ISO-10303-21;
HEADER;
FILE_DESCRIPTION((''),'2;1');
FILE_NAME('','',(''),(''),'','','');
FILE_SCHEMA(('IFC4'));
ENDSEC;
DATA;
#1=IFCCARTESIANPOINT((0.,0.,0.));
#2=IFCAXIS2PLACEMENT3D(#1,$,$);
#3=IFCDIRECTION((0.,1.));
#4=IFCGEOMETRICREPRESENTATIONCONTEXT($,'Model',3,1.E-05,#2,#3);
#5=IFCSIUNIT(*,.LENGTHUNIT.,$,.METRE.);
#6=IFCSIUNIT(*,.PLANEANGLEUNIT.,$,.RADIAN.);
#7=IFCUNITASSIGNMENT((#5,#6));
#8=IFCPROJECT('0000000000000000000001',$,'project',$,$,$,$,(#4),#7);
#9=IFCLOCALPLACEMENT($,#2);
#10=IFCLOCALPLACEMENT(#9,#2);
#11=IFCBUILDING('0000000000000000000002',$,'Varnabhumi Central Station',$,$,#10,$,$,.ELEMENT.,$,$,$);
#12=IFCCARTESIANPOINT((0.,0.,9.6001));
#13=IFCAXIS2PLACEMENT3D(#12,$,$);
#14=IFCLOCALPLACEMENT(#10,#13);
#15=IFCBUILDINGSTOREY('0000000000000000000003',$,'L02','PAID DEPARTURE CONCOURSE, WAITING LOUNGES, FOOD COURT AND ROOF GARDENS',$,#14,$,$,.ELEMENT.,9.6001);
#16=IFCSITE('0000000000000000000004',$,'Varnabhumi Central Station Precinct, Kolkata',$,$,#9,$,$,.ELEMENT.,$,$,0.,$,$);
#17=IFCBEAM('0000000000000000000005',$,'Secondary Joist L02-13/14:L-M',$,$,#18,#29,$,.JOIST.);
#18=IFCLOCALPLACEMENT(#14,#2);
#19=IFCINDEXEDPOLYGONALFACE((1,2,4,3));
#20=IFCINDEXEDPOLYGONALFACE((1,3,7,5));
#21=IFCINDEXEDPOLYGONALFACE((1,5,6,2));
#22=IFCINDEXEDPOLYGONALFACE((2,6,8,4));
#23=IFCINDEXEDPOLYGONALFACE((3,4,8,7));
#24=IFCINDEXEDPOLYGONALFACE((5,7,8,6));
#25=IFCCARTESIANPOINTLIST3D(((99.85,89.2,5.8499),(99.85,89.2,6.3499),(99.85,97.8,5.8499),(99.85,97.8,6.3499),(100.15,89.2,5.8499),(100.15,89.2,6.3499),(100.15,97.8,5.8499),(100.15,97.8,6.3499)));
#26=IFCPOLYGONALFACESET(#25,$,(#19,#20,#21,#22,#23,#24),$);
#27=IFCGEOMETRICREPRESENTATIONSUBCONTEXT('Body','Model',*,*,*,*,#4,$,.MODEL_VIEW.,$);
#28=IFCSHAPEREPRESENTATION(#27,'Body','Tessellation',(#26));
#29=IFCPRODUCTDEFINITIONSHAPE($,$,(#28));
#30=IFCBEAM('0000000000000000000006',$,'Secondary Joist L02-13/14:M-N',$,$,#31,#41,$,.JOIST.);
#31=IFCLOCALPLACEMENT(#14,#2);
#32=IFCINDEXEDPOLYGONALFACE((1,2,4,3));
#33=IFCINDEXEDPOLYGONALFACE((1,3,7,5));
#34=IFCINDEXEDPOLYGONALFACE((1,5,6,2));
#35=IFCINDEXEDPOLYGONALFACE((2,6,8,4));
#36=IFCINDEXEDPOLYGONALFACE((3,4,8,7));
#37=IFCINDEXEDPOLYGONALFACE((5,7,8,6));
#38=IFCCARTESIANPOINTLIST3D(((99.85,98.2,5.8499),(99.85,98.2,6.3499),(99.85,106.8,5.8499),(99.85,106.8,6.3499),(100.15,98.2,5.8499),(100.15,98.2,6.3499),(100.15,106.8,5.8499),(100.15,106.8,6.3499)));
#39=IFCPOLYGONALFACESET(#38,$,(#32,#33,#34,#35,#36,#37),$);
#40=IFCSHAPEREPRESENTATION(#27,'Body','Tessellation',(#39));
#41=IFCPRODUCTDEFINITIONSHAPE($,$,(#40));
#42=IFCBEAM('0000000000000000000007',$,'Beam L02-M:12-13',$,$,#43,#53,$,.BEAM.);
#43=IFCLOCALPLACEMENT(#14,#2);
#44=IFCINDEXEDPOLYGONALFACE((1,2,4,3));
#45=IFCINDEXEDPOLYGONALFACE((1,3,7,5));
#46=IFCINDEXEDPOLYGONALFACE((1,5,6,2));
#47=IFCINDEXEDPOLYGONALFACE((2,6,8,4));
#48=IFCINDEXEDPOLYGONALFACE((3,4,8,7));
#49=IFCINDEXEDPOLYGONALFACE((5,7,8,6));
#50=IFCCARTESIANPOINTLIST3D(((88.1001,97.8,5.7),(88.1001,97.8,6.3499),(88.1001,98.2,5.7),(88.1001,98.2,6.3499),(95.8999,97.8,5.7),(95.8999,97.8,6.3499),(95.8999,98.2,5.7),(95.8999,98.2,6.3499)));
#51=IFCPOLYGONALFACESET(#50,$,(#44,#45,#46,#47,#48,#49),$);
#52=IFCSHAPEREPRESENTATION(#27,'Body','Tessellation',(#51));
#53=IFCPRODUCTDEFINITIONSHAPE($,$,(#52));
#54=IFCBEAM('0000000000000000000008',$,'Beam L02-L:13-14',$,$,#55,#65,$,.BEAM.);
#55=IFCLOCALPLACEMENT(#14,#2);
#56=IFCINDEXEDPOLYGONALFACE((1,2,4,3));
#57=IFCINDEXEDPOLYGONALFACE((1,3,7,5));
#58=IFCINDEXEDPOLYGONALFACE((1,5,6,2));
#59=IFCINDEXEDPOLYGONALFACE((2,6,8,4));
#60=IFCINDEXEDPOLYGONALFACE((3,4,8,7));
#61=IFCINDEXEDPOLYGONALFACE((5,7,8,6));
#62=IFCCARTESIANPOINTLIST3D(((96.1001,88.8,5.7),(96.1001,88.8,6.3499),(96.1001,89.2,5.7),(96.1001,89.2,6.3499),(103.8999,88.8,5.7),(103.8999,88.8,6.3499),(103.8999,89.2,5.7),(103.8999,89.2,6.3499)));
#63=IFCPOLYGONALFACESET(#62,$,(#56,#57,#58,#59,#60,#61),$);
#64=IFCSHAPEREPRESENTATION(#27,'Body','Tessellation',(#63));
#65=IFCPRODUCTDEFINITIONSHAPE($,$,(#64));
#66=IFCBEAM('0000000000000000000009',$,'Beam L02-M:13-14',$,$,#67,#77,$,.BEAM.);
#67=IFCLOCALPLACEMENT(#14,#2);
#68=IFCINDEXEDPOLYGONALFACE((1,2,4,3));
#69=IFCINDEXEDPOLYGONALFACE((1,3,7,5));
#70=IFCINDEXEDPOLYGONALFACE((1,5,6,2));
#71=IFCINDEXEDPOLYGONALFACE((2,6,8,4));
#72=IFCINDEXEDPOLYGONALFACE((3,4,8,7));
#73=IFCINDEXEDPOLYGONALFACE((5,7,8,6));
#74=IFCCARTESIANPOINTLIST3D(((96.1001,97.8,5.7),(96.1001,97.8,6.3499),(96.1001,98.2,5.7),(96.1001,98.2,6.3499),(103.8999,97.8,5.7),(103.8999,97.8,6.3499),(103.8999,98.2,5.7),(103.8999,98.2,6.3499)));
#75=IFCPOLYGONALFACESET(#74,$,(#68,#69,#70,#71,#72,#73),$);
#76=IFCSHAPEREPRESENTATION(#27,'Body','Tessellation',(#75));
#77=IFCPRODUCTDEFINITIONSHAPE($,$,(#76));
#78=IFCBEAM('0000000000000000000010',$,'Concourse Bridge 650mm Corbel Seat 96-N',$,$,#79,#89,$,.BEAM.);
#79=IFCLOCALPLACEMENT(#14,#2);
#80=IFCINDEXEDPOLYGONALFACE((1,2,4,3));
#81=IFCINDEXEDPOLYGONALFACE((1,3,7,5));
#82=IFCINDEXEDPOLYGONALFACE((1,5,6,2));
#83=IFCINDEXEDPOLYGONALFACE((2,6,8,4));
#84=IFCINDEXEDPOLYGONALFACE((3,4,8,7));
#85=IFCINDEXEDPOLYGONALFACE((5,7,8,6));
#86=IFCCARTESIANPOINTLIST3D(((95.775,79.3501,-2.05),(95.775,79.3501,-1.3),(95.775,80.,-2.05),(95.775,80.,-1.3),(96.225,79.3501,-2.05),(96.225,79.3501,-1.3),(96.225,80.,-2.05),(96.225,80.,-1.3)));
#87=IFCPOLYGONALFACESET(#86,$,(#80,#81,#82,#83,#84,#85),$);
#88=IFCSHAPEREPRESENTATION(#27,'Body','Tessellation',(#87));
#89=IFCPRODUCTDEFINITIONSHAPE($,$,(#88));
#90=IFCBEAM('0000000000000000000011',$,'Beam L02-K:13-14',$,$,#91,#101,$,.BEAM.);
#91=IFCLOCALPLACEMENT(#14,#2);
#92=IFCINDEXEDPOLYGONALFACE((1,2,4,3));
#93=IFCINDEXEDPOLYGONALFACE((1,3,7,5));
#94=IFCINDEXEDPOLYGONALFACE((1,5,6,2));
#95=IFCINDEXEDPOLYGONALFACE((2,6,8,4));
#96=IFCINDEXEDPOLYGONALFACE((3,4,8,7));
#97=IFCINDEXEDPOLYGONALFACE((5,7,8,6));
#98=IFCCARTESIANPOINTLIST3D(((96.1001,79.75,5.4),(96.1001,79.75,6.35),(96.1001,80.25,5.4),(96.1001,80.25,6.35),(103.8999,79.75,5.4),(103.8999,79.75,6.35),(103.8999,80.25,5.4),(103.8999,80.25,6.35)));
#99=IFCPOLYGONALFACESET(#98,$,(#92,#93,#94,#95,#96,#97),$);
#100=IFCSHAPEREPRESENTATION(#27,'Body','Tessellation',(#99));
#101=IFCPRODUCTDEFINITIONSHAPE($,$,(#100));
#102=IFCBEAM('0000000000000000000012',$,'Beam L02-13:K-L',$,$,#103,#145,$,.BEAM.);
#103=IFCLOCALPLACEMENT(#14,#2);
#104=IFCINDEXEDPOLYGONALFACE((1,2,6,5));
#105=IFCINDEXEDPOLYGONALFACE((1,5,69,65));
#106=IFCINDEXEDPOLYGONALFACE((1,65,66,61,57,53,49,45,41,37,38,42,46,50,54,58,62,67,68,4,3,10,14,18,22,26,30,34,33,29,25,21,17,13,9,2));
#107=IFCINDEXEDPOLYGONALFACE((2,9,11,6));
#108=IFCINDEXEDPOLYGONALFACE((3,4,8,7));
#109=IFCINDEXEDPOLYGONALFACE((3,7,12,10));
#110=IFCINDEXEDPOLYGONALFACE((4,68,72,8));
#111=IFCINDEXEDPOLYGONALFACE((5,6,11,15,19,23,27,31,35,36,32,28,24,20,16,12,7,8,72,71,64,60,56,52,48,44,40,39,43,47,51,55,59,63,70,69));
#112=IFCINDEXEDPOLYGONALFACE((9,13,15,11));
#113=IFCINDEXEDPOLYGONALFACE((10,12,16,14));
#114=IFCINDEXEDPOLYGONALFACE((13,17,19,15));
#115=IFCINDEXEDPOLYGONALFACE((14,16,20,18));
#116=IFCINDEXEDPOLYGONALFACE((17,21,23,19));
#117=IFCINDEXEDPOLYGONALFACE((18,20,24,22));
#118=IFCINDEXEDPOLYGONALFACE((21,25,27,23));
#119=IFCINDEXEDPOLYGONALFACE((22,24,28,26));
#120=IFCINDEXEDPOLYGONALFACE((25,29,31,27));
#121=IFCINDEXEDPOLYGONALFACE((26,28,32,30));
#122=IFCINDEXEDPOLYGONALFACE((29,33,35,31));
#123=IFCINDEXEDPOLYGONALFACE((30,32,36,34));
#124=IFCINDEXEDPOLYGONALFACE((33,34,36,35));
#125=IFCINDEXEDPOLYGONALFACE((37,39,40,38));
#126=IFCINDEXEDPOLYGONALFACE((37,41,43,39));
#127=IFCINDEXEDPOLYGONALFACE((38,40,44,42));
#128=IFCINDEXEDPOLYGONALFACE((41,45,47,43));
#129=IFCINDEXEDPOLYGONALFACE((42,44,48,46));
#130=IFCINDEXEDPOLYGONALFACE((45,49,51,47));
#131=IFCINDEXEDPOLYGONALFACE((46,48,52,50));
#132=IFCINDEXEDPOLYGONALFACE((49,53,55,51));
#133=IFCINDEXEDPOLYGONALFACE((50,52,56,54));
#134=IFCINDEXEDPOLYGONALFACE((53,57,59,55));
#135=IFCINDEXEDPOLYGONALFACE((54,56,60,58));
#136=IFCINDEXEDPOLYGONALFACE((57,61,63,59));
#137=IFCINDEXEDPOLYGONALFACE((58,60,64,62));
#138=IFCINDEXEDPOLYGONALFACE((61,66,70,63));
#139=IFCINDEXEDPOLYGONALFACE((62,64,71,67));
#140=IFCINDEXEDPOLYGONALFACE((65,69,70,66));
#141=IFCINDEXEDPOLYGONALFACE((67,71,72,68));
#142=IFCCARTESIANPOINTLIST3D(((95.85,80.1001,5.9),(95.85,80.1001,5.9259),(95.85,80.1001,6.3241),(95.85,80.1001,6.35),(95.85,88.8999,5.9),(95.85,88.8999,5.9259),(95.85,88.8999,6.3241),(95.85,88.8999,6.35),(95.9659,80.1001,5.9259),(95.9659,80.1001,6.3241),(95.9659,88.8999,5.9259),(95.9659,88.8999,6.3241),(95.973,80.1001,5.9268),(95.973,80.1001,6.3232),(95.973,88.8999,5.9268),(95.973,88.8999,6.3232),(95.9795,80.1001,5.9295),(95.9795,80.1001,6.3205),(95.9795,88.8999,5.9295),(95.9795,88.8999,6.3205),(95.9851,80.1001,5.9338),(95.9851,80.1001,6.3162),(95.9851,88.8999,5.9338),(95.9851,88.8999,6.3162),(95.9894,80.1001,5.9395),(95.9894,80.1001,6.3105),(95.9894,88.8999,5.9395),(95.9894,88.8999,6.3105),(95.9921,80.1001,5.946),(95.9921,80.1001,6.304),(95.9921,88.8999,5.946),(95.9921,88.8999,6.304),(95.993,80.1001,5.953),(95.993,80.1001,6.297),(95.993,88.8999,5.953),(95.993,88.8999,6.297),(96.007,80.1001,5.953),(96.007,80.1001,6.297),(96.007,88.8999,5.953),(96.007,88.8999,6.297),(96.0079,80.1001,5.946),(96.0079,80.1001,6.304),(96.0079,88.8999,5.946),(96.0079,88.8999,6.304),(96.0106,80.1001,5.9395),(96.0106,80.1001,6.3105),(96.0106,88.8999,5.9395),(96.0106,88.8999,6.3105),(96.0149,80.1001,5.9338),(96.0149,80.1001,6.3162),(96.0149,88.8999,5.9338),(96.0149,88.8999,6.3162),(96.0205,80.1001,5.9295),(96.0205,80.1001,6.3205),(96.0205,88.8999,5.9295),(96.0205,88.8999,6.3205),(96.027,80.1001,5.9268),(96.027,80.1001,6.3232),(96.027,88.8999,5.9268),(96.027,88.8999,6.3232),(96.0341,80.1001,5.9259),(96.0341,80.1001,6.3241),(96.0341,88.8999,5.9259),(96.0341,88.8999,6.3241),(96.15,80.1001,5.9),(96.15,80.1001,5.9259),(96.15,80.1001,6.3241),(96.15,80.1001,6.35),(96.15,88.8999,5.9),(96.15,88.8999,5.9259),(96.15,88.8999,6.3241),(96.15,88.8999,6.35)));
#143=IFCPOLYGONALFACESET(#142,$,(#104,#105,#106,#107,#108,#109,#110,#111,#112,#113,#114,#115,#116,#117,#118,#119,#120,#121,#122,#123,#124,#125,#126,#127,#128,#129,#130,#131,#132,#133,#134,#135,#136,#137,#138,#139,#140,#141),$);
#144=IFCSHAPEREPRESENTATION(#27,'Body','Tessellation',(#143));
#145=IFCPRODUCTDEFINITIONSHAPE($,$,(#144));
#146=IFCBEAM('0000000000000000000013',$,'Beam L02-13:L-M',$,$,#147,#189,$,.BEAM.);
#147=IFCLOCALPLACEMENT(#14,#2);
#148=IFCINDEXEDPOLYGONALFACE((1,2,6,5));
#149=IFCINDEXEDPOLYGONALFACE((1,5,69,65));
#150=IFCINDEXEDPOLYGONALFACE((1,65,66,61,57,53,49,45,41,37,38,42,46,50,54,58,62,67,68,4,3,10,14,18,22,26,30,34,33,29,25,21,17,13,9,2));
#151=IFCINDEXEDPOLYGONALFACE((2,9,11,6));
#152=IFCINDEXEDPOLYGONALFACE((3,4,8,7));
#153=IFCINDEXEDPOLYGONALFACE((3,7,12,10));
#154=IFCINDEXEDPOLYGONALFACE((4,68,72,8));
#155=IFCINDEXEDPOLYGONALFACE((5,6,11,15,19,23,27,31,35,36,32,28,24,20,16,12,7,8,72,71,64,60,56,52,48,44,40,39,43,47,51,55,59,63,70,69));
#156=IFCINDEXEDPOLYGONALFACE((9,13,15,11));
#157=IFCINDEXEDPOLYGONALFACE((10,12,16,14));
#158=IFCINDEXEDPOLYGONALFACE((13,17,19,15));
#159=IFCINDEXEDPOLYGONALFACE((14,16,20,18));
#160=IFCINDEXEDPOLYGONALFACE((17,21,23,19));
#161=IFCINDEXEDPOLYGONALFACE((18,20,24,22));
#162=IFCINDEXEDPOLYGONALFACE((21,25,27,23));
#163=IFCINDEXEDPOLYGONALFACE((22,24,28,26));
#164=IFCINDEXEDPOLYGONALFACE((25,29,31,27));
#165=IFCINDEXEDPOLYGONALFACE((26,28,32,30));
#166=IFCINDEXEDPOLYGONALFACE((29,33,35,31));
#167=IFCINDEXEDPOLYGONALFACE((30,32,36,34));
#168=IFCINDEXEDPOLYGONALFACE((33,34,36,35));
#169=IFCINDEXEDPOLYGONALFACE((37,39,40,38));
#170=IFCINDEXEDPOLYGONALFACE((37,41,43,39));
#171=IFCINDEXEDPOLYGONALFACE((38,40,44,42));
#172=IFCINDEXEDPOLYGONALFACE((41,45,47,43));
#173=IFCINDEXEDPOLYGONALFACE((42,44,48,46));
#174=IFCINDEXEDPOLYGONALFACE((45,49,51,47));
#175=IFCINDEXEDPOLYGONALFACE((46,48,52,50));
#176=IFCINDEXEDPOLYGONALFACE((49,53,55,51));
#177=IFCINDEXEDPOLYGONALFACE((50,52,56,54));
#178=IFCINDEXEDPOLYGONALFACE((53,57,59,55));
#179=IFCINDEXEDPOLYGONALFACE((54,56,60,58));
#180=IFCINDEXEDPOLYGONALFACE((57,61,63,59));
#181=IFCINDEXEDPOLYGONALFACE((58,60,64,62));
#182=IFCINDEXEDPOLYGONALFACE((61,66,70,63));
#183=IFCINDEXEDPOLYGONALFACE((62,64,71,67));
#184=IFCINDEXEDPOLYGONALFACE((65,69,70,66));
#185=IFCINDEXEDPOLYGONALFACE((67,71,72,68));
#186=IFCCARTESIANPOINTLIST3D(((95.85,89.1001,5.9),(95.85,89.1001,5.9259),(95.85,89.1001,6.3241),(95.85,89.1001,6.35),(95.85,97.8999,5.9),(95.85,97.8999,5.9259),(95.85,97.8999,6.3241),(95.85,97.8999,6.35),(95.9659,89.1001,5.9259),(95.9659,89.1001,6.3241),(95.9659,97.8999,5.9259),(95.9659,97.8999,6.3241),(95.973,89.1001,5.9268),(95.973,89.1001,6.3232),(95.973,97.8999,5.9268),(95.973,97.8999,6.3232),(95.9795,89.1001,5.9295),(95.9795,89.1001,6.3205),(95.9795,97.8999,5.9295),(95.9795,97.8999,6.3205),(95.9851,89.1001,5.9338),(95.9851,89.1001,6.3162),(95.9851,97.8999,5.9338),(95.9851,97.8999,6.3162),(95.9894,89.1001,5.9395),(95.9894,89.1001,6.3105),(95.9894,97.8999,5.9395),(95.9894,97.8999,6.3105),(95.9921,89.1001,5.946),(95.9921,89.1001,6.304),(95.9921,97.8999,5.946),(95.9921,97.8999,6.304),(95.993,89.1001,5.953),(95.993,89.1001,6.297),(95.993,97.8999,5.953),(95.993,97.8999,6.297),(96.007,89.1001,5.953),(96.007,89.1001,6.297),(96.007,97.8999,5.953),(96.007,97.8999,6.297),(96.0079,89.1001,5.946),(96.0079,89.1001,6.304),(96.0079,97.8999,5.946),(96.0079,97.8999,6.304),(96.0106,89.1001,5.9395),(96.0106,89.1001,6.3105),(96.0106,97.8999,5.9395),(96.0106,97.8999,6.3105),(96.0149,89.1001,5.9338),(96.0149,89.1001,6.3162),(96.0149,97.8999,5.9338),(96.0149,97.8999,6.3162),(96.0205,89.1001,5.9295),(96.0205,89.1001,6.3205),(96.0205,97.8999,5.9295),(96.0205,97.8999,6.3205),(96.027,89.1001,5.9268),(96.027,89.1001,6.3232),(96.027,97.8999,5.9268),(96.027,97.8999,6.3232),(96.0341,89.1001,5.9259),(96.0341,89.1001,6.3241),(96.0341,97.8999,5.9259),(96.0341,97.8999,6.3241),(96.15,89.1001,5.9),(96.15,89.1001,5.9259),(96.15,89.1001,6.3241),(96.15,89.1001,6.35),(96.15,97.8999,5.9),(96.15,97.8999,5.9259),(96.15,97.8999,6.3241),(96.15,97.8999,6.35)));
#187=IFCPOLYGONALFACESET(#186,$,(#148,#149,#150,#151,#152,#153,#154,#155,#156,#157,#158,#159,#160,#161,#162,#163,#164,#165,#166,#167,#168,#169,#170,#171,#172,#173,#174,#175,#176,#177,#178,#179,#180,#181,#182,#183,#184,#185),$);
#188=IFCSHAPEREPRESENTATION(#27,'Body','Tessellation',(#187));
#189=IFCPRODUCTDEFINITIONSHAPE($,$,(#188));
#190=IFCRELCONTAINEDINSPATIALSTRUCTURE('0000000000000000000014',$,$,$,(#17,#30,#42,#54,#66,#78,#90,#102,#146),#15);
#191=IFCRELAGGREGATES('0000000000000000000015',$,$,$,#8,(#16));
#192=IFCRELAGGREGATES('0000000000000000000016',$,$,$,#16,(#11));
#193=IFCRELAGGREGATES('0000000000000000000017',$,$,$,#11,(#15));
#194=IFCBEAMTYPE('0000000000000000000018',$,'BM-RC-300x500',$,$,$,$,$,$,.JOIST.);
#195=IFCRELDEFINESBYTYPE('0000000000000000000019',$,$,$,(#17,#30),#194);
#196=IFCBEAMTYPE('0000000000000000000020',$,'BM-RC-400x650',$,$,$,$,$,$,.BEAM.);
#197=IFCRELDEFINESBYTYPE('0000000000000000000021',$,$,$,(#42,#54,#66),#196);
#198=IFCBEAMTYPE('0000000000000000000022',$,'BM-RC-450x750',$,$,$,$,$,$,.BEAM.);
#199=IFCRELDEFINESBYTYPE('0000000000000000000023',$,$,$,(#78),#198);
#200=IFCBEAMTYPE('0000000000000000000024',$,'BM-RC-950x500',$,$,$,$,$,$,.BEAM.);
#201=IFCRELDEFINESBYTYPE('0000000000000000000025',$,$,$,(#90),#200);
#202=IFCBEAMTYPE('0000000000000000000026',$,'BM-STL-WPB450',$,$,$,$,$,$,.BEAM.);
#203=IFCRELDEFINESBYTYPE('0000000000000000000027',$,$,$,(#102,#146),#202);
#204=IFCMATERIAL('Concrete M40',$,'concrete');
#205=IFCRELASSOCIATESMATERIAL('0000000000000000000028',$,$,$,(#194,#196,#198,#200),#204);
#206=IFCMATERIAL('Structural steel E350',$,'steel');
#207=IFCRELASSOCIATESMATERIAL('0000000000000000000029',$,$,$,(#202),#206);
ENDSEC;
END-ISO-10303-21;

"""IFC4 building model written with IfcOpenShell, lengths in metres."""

from ifc_helpers import new_model, si_unit, direction, frame, origin, origin_2d, place, context, subcontext, project, spatial, rectangle, i_section, extrude, material, material_profile, profile_set, type_object, element, save


model = new_model("IFC4")

# Units and contexts
model_context = context("Model", 3, precision=1e-05, world=origin(), true_north=direction((0.0, 1.0)))
body_context = subcontext(model_context, "Body", "Model", "MODEL_VIEW")
ifc_project = project(units=[si_unit("LENGTHUNIT", "METRE"), si_unit("PLANEANGLEUNIT", "RADIAN")], contexts=[model_context])

# Site, building, storey
site_placement = place(None, origin())
site = spatial("IfcSite", under=ifc_project, at=site_placement, Name="Varnabhumi Central Station Precinct, Kolkata", CompositionType="ELEMENT", RefElevation=0.0)
building_placement = place(site_placement, origin())
building = spatial("IfcBuilding", under=site, at=building_placement, Name="Varnabhumi Central Station", CompositionType="ELEMENT")
storey_placement = place(building_placement, frame((0.0, 0.0, 9.6001)))
storey = spatial("IfcBuildingStorey", under=building, at=storey_placement, Name="L02", Description="PAID DEPARTURE CONCOURSE, WAITING LOUNGES, FOOD COURT AND ROOF GARDENS", CompositionType="ELEMENT", Elevation=9.6001)

# Shared definitions
ifc_material_1 = material(Name="Concrete M40", Category="concrete")

# Beams
ifc_material_2 = material(Name="Structural steel E350", Category="steel")
ifc_material_profile_1 = material_profile(ifc_material_1, rectangle(XDim=0.3, YDim=0.5, at=origin_2d()), Name="Concrete M40", Category="concrete")
ifc_profile_set_1 = profile_set([ifc_material_profile_1], Name="Concrete M40")
beam_type_1 = type_object("IfcBeamType", Name="BM-RC-300x500", PredefinedType="JOIST", material=ifc_profile_set_1)
for number, where, z_axis, x_axis, name in (
    (1, (100.0, 89.2, 6.0999), (0.0, 1.0, 0.0), (-1.0, 0.0, 0.0), "Secondary Joist L02-13/14:L-M"),
    (2, (100.0, 98.2, 6.0999), (0.0, 1.0, 0.0), (-1.0, 0.0, 0.0), "Secondary Joist L02-13/14:M-N"),
):
    element("IfcBeam", number, at=place(storey_placement, frame(where, z_axis=z_axis, x_axis=x_axis)), inside=storey, type_object=beam_type_1, Name=name, PredefinedType="JOIST", context=body_context, shape_type="SweptSolid", body=[
        extrude(rectangle(XDim=0.3, YDim=0.5, at=origin_2d()), origin(), (0.0, 0.0, 1.0), 8.6001),
    ])
ifc_material_profile_2 = material_profile(ifc_material_1, rectangle(XDim=0.3999, YDim=0.6499, at=origin_2d()), Name="Concrete M40", Category="concrete")
ifc_profile_set_2 = profile_set([ifc_material_profile_2], Name="Concrete M40")
beam_type_2 = type_object("IfcBeamType", Name="BM-RC-400x650", PredefinedType="BEAM", material=ifc_profile_set_2)
for number, where, z_axis, x_axis, name in (
    (3, (88.1001, 98.0, 6.0249), (1.0, 0.0, 0.0), (0.0, 1.0, 0.0), "Beam L02-M:12-13"),
    (4, (96.1001, 89.0, 6.0249), (1.0, 0.0, 0.0), (0.0, 1.0, 0.0), "Beam L02-L:13-14"),
    (5, (96.1001, 98.0, 6.0249), (1.0, 0.0, 0.0), (0.0, 1.0, 0.0), "Beam L02-M:13-14"),
):
    element("IfcBeam", number, at=place(storey_placement, frame(where, z_axis=z_axis, x_axis=x_axis)), inside=storey, type_object=beam_type_2, Name=name, PredefinedType="BEAM", context=body_context, shape_type="SweptSolid", body=[
        extrude(rectangle(XDim=0.3999, YDim=0.6499, at=origin_2d()), origin(), (0.0, 0.0, 1.0), 7.7998),
    ])
ifc_material_profile_3 = material_profile(ifc_material_1, rectangle(XDim=0.45, YDim=0.75, at=origin_2d()), Name="Concrete M40", Category="concrete")
ifc_profile_set_3 = profile_set([ifc_material_profile_3], Name="Concrete M40")
beam_type_3 = type_object("IfcBeamType", Name="BM-RC-450x750", PredefinedType="BEAM", material=ifc_profile_set_3)
beam_1_placement = place(storey_placement, frame((96.0, 80.0, -1.675), z_axis=(0.0, -1.0, 0.0), x_axis=(1.0, 0.0, 0.0)))
element("IfcBeam", 6, at=beam_1_placement, inside=storey, type_object=beam_type_3, Name="Concourse Bridge 650mm Corbel Seat 96-N", PredefinedType="BEAM", context=body_context, shape_type="SweptSolid", body=[
    extrude(rectangle(XDim=0.45, YDim=0.75, at=origin_2d()), origin(), (0.0, 0.0, 1.0), 0.6499),
])
ifc_material_profile_4 = material_profile(ifc_material_1, rectangle(XDim=0.5, YDim=0.95, at=origin_2d()), Name="Concrete M40", Category="concrete")
ifc_profile_set_4 = profile_set([ifc_material_profile_4], Name="Concrete M40")
beam_type_4 = type_object("IfcBeamType", Name="BM-RC-950x500", PredefinedType="BEAM", material=ifc_profile_set_4)
beam_2_placement = place(storey_placement, frame((96.1001, 80.0, 5.875), z_axis=(1.0, 0.0, 0.0), x_axis=(0.0, 1.0, 0.0)))
element("IfcBeam", 7, at=beam_2_placement, inside=storey, type_object=beam_type_4, Name="Beam L02-K:13-14", PredefinedType="BEAM", context=body_context, shape_type="SweptSolid", body=[
    extrude(rectangle(XDim=0.5, YDim=0.95, at=origin_2d()), origin(), (0.0, 0.0, 1.0), 7.7998),
])
ifc_material_profile_5 = material_profile(ifc_material_2, i_section(OverallWidth=0.3, OverallDepth=0.45, WebThickness=0.0139, FlangeThickness=0.0259, FilletRadius=0.0271, at=origin_2d()), Name="Structural steel E350", Category="steel")
ifc_profile_set_5 = profile_set([ifc_material_profile_5], Name="Structural steel E350")
beam_type_5 = type_object("IfcBeamType", Name="BM-STL-WPB450", PredefinedType="BEAM", material=ifc_profile_set_5)
for number, where, z_axis, x_axis, name in (
    (8, (96.0, 80.1001, 6.125), (0.0, 1.0, 0.0), (-1.0, 0.0, 0.0), "Beam L02-13:K-L"),
    (9, (96.0, 89.1001, 6.125), (0.0, 1.0, 0.0), (-1.0, 0.0, 0.0), "Beam L02-13:L-M"),
):
    element("IfcBeam", number, at=place(storey_placement, frame(where, z_axis=z_axis, x_axis=x_axis)), inside=storey, type_object=beam_type_5, Name=name, PredefinedType="BEAM", context=body_context, shape_type="SweptSolid", body=[
        extrude(i_section(OverallWidth=0.3, OverallDepth=0.45, WebThickness=0.0139, FlangeThickness=0.0259, FilletRadius=0.0271, at=origin_2d()), origin(), (0.0, 0.0, 1.0), 8.7998),
    ])

save(model, "model.ifc")
